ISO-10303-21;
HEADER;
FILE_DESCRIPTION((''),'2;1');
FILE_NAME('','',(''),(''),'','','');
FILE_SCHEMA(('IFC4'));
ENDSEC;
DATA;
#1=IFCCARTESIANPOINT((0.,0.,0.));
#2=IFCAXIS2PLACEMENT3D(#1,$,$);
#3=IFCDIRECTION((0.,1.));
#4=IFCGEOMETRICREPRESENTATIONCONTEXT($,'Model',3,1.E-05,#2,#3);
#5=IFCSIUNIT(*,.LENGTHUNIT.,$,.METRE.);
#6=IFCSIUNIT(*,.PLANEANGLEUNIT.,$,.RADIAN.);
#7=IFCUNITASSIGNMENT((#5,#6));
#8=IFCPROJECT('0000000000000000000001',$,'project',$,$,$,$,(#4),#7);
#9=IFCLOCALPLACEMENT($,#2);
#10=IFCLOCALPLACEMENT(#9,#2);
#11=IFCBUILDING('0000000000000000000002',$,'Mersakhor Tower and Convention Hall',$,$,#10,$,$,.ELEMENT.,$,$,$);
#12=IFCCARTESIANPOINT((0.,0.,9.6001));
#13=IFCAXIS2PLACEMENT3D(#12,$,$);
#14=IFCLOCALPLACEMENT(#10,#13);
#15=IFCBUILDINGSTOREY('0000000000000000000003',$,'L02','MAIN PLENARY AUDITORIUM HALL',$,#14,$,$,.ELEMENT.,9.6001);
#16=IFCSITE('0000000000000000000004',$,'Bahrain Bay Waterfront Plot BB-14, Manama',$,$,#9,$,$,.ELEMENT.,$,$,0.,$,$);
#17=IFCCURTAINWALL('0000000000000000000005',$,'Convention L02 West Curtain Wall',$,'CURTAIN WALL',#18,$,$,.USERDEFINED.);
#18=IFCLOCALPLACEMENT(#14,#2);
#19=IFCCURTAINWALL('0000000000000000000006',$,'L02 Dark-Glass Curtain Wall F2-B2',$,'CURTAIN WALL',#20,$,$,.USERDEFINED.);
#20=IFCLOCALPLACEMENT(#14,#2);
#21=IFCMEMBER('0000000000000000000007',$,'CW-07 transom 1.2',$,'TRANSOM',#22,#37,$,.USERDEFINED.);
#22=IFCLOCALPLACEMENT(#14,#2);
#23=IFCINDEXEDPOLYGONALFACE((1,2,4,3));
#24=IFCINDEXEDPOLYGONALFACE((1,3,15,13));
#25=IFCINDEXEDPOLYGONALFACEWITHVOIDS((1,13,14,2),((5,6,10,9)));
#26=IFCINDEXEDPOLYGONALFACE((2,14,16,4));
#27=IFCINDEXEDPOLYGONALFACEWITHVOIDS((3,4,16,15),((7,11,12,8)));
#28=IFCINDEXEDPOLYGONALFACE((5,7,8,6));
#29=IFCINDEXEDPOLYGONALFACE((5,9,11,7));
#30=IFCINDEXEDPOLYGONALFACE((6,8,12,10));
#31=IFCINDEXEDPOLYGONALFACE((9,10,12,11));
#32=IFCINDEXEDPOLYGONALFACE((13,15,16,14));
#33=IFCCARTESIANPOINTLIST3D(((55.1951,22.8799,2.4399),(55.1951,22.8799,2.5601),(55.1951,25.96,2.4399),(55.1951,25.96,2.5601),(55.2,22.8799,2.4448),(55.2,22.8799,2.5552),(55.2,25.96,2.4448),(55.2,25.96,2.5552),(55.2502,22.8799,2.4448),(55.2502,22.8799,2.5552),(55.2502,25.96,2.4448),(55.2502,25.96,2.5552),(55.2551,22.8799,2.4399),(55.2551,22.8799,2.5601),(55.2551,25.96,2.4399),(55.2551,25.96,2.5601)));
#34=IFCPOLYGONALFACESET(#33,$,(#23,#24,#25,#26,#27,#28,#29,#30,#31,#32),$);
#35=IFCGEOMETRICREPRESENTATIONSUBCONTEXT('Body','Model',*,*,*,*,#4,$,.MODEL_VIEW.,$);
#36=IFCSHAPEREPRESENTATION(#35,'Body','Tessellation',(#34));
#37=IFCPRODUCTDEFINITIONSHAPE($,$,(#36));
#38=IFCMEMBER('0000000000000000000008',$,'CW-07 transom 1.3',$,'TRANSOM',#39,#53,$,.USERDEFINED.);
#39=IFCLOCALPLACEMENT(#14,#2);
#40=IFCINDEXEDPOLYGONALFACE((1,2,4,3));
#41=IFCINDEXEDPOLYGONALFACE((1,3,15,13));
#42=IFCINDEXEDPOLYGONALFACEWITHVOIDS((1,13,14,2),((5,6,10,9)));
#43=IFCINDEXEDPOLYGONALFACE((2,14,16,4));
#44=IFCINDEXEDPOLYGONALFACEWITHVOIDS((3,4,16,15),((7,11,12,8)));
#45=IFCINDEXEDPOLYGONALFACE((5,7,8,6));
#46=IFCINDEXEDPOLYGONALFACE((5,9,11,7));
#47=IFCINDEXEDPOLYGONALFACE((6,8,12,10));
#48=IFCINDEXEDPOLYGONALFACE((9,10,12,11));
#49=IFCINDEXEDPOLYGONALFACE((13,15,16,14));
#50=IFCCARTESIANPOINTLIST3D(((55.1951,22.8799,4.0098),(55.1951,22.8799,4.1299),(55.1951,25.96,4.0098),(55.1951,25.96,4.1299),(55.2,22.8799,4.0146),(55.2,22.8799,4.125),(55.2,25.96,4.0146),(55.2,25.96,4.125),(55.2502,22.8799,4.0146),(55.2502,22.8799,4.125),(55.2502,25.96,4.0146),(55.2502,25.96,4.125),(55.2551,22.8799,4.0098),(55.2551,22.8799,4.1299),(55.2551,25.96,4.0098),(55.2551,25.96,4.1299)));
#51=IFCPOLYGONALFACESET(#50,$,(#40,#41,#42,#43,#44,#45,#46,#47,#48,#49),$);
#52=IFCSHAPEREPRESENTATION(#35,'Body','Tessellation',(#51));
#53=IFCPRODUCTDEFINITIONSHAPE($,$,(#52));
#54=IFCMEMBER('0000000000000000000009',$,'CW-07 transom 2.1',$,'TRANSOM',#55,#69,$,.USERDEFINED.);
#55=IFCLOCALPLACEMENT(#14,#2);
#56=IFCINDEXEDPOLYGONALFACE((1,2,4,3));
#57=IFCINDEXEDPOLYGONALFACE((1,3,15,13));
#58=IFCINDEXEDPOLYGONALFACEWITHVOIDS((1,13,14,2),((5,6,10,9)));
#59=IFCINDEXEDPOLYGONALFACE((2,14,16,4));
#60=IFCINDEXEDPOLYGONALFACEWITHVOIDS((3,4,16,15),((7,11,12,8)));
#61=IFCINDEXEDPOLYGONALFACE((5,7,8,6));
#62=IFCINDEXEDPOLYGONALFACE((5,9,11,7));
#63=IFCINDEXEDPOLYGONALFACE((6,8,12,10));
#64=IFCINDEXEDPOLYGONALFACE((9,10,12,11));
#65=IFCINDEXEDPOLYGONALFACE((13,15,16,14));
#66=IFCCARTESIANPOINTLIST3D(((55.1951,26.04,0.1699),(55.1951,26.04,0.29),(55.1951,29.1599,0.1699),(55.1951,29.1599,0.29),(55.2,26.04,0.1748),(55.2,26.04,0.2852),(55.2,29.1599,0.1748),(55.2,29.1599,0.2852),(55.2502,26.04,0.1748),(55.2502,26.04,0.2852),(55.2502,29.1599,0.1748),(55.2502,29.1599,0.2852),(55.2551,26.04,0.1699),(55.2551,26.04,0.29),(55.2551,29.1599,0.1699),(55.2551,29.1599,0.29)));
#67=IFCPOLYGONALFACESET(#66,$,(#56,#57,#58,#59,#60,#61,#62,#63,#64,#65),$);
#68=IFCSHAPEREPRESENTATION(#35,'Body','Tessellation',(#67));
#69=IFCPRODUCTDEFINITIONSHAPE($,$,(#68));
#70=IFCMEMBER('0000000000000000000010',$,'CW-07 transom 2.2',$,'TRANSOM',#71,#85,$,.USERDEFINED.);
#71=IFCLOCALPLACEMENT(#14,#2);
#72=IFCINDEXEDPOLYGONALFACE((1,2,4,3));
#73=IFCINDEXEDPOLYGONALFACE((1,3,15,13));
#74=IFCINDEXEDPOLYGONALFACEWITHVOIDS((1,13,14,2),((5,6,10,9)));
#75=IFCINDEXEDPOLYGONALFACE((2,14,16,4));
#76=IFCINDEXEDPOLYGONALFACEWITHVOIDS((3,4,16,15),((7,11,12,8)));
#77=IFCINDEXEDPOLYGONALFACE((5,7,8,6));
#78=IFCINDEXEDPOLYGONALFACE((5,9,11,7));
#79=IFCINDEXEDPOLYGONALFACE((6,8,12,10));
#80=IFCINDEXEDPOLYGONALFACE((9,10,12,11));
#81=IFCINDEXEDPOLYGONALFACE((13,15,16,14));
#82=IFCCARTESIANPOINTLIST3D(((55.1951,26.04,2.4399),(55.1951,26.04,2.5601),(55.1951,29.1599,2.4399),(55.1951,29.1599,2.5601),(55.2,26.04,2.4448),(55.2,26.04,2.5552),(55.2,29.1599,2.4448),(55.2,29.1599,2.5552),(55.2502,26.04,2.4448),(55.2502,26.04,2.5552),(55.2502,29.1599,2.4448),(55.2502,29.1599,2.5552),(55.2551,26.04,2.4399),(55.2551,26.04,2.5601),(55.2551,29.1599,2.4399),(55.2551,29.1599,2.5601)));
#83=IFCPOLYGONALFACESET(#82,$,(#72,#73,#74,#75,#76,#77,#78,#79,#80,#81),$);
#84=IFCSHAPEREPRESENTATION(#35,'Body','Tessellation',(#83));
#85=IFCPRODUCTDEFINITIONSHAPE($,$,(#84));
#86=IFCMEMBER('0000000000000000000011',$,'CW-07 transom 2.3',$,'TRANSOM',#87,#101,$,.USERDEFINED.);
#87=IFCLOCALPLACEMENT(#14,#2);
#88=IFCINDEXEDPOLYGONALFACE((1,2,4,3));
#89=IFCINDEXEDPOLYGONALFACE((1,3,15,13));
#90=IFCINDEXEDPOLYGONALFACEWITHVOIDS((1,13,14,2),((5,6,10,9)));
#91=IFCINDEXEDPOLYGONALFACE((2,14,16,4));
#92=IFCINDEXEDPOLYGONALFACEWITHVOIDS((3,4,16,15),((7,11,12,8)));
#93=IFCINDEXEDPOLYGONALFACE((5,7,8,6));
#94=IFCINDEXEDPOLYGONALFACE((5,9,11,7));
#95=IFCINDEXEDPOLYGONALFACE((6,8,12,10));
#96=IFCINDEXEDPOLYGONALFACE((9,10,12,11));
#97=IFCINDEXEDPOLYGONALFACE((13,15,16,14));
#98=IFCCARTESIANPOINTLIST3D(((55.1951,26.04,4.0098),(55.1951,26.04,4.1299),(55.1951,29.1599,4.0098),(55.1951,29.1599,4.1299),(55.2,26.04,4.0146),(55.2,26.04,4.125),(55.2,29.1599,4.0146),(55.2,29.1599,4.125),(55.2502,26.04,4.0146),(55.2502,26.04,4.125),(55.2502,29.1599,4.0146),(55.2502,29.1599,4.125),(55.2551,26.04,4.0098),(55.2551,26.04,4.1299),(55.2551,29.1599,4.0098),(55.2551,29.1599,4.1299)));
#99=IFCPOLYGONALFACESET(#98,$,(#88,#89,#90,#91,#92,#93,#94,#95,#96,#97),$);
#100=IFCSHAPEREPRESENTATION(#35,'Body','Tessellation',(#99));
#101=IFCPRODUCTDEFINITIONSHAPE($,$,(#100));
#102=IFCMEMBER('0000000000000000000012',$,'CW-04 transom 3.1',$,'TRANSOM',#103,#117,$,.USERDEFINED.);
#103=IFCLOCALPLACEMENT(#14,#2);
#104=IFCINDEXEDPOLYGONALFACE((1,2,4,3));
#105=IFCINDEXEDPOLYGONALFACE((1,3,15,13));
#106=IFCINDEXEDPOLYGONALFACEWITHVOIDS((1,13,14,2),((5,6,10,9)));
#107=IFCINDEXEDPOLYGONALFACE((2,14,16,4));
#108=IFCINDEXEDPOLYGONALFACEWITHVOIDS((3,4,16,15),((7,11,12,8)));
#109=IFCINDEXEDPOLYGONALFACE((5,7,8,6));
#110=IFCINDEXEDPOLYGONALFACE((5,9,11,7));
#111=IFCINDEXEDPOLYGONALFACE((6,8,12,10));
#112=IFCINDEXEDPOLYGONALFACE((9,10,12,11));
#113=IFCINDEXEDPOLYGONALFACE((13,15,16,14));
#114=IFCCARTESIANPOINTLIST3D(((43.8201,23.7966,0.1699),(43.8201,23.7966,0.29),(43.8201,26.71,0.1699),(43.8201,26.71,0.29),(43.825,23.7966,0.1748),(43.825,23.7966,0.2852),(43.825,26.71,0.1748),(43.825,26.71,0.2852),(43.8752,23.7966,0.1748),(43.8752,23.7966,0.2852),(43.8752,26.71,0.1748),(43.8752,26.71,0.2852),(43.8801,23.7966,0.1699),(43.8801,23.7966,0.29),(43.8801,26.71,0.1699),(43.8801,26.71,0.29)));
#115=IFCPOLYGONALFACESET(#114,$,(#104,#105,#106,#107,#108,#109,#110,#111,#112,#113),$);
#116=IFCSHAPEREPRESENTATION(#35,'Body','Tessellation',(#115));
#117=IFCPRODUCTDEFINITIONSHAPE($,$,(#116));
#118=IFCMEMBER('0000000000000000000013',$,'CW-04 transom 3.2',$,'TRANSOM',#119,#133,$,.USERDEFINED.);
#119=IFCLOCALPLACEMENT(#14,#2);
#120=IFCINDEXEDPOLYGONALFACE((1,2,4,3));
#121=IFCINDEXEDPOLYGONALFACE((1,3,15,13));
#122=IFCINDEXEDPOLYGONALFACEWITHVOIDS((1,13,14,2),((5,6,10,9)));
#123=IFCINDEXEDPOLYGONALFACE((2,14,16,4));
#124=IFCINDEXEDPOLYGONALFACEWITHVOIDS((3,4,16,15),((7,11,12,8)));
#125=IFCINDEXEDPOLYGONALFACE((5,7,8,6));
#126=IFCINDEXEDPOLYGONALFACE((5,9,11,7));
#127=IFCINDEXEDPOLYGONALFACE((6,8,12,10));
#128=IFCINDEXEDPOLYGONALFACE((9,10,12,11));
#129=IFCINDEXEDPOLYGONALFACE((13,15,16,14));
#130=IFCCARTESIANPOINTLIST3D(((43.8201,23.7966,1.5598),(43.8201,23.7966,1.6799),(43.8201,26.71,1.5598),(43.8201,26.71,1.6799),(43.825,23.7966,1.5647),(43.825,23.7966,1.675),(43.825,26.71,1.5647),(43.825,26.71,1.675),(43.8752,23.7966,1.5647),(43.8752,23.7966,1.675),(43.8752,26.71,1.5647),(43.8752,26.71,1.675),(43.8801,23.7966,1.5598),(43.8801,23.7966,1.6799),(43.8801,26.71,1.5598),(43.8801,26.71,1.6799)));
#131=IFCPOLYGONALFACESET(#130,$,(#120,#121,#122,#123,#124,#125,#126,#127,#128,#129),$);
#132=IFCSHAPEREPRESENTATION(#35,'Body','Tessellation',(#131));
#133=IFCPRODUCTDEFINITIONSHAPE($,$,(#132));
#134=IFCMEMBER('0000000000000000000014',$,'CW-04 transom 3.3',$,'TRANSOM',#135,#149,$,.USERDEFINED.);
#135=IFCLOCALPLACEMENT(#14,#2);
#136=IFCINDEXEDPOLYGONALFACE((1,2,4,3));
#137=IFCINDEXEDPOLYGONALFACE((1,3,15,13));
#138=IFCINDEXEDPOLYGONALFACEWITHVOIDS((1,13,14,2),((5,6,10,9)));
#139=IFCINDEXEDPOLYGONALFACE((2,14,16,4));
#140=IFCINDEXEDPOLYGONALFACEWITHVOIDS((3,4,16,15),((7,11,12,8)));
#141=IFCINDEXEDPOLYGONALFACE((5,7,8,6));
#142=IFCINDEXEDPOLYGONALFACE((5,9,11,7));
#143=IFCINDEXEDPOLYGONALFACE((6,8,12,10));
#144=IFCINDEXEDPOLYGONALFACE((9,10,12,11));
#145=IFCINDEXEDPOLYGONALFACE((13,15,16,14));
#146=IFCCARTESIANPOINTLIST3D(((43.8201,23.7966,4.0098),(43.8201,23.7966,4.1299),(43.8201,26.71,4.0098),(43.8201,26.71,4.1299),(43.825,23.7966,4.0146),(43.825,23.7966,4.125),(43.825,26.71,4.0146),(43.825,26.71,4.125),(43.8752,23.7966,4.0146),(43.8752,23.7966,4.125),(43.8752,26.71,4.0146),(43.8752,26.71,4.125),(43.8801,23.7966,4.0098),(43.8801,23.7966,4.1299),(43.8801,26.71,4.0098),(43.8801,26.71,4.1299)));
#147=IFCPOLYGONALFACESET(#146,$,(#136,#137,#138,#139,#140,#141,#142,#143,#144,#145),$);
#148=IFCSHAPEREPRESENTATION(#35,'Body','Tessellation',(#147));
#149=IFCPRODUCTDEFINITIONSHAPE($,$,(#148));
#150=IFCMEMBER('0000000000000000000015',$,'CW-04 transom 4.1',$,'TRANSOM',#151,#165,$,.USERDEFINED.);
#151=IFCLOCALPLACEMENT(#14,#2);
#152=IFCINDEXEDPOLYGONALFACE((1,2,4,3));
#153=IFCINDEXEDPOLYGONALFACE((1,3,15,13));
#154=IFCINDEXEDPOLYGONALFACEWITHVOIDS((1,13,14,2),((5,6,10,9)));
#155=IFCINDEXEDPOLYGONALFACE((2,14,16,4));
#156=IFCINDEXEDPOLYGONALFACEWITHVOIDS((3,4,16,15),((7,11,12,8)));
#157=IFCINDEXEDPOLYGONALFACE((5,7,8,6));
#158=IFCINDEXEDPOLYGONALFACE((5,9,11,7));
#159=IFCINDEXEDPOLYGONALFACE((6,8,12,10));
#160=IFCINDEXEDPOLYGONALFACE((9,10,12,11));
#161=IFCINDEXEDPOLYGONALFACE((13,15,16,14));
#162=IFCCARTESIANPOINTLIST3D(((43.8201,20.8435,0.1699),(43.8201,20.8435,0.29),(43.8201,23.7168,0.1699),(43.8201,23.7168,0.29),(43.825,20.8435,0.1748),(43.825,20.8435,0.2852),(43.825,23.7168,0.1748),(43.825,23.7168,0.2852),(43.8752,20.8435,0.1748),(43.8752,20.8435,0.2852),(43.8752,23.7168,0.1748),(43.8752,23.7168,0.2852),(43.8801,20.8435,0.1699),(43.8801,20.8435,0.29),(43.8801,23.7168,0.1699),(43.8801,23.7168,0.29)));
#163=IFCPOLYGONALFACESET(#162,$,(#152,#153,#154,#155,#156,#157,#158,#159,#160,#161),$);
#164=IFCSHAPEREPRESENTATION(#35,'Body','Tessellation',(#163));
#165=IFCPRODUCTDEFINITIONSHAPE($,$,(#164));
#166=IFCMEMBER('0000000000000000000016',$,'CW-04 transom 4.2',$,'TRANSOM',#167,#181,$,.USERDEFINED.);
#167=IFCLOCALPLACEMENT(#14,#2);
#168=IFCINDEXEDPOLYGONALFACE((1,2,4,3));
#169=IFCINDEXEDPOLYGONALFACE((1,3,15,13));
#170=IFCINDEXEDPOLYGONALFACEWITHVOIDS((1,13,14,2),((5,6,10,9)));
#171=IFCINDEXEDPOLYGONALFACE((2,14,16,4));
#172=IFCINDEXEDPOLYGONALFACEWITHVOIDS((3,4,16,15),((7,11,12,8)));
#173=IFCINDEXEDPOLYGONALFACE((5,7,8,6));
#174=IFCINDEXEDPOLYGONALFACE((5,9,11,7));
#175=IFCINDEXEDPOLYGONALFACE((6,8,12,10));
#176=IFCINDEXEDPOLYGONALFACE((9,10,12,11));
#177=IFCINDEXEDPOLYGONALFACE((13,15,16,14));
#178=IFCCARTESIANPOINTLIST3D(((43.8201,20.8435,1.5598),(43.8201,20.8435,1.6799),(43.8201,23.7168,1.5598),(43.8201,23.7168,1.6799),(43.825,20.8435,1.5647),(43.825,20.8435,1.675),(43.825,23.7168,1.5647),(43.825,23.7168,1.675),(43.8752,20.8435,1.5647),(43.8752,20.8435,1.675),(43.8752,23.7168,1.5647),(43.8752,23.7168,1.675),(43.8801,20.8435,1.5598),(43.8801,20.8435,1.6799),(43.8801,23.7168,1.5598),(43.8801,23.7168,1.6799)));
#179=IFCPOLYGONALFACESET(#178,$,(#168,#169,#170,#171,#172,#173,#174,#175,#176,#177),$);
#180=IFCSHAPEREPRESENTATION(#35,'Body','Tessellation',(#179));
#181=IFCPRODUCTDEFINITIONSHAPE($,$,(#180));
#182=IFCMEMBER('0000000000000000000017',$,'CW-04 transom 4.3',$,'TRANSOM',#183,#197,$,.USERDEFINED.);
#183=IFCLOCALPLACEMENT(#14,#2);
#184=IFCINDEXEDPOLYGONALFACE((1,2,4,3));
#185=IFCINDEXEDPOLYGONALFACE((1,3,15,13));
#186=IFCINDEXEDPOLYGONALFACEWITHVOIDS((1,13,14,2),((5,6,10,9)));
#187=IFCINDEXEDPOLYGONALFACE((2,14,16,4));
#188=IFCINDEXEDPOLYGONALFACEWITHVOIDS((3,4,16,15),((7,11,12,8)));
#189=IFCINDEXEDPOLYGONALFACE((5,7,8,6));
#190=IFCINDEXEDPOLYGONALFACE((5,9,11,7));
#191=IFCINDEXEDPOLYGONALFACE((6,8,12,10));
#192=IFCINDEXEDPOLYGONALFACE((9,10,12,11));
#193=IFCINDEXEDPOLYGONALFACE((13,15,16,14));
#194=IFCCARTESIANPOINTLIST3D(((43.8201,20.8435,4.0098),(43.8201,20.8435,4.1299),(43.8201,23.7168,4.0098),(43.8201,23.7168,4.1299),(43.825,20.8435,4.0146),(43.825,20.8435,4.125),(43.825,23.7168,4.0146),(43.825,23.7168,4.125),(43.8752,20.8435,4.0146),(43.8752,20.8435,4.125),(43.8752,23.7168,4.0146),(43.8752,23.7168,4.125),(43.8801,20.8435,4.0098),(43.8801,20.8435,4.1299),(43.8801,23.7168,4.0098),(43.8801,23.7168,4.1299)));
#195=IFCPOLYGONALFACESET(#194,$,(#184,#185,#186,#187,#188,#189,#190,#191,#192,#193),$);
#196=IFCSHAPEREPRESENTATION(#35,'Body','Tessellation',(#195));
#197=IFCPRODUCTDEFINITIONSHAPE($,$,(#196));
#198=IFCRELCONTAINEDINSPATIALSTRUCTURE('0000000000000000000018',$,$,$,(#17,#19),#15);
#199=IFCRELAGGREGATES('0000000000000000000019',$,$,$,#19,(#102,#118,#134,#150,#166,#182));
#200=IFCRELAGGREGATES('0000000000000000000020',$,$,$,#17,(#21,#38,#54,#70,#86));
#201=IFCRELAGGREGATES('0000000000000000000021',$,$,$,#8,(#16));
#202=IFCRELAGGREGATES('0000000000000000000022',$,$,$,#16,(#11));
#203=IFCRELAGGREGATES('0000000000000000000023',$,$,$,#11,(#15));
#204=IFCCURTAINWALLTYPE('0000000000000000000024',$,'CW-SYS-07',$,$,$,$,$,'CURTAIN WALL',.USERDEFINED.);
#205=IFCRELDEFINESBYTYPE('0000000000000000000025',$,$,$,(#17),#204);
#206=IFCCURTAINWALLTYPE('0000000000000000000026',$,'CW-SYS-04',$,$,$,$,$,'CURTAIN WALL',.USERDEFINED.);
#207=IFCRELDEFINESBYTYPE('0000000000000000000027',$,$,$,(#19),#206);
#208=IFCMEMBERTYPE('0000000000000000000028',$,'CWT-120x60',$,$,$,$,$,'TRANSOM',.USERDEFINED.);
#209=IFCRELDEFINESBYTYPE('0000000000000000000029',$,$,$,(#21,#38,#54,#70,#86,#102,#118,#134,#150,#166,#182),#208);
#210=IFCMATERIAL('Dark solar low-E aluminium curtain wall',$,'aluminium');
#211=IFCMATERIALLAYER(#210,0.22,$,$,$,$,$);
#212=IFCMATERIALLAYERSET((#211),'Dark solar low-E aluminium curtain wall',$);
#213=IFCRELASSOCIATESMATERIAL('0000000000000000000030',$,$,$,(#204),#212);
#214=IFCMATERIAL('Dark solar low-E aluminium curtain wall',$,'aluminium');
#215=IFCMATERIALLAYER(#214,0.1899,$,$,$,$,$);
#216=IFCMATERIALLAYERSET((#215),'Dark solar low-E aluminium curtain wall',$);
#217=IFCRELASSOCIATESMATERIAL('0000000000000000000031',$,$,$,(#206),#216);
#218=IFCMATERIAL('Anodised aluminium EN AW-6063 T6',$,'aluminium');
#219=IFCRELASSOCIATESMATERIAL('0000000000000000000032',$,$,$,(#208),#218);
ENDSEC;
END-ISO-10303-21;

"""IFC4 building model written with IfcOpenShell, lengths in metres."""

from ifc_helpers import new_model, si_unit, direction, frame, origin, origin_2d, place, context, subcontext, project, spatial, hollow_rectangle, extrude, material, layer, layer_set, material_profile, profile_set, type_object, element, aggregate, save


model = new_model("IFC4")

# Units and contexts
model_context = context("Model", 3, precision=1e-05, world=origin(), true_north=direction((0.0, 1.0)))
body_context = subcontext(model_context, "Body", "Model", "MODEL_VIEW")
ifc_project = project(units=[si_unit("LENGTHUNIT", "METRE"), si_unit("PLANEANGLEUNIT", "RADIAN")], contexts=[model_context])

# Site, building, storey
site_placement = place(None, origin())
site = spatial("IfcSite", under=ifc_project, at=site_placement, Name="Bahrain Bay Waterfront Plot BB-14, Manama", CompositionType="ELEMENT", RefElevation=0.0)
building_placement = place(site_placement, origin())
building = spatial("IfcBuilding", under=site, at=building_placement, Name="Mersakhor Tower and Convention Hall", CompositionType="ELEMENT")
storey_placement = place(building_placement, frame((0.0, 0.0, 9.6001)))
storey = spatial("IfcBuildingStorey", under=building, at=storey_placement, Name="L02", Description="MAIN PLENARY AUDITORIUM HALL", CompositionType="ELEMENT", Elevation=9.6001)

# Curtain walls
ifc_material_1 = material(Name="Dark solar low-E aluminium curtain wall", Category="aluminium")
ifc_layer_1 = layer(ifc_material_1, 0.22)
ifc_layer_set_1 = layer_set([ifc_layer_1], Name="Dark solar low-E aluminium curtain wall")
curtain_wall_type_1 = type_object("IfcCurtainWallType", Name="CW-SYS-07", ElementType="CURTAIN WALL", PredefinedType="USERDEFINED", material=ifc_layer_set_1)
curtain_wall_1_placement = place(storey_placement, origin())
curtain_wall_1 = element("IfcCurtainWall", 1, at=curtain_wall_1_placement, inside=storey, type_object=curtain_wall_type_1, Name="Convention L02 West Curtain Wall", ObjectType="CURTAIN WALL", PredefinedType="USERDEFINED")
ifc_material_2 = material(Name="Dark solar low-E aluminium curtain wall", Category="aluminium")
ifc_layer_2 = layer(ifc_material_2, 0.1899)
ifc_layer_set_2 = layer_set([ifc_layer_2], Name="Dark solar low-E aluminium curtain wall")
curtain_wall_type_2 = type_object("IfcCurtainWallType", Name="CW-SYS-04", ElementType="CURTAIN WALL", PredefinedType="USERDEFINED", material=ifc_layer_set_2)
curtain_wall_2_placement = place(storey_placement, origin())
curtain_wall_2 = element("IfcCurtainWall", 2, at=curtain_wall_2_placement, inside=storey, type_object=curtain_wall_type_2, Name="L02 Dark-Glass Curtain Wall F2-B2", ObjectType="CURTAIN WALL", PredefinedType="USERDEFINED")

# Members
ifc_material_3 = material(Name="Anodised aluminium EN AW-6063 T6", Category="aluminium")
ifc_material_profile_1 = material_profile(ifc_material_3, hollow_rectangle(XDim=0.0601, YDim=0.1201, WallThickness=0.0049, at=origin_2d()), Name="RHS 120x60x5")
ifc_profile_set_1 = profile_set([ifc_material_profile_1], Name="Anodised aluminium EN AW-6063 T6")
member_type_1 = type_object("IfcMemberType", Name="CWT-120x60", ElementType="TRANSOM", PredefinedType="USERDEFINED", material=ifc_profile_set_1)
member_1_placement = place(storey_placement, frame((55.2251, 22.8799, 2.5), z_axis=(0.0, 1.0, 0.0), x_axis=(-1.0, 0.0, 0.0)))
member_1 = element("IfcMember", 3, at=member_1_placement, type_object=member_type_1, Name="CW-07 transom 1.2", ObjectType="TRANSOM", PredefinedType="USERDEFINED", context=body_context, shape_type="SweptSolid", body=[
    extrude(hollow_rectangle(XDim=0.0601, YDim=0.1201, WallThickness=0.0049, at=origin_2d()), origin(), (0.0, 0.0, 1.0), 3.0801),
])
member_2_placement = place(storey_placement, frame((55.2251, 22.8799, 4.0698), z_axis=(0.0, 1.0, 0.0), x_axis=(-1.0, 0.0, 0.0)))
member_2 = element("IfcMember", 4, at=member_2_placement, type_object=member_type_1, Name="CW-07 transom 1.3", ObjectType="TRANSOM", PredefinedType="USERDEFINED", context=body_context, shape_type="SweptSolid", body=[
    extrude(hollow_rectangle(XDim=0.0601, YDim=0.1201, WallThickness=0.0049, at=origin_2d()), origin(), (0.0, 0.0, 1.0), 3.0801),
])
member_3_placement = place(storey_placement, frame((55.2251, 26.04, 0.23), z_axis=(0.0, 1.0, 0.0), x_axis=(-1.0, 0.0, 0.0)))
member_3 = element("IfcMember", 5, at=member_3_placement, type_object=member_type_1, Name="CW-07 transom 2.1", ObjectType="TRANSOM", PredefinedType="USERDEFINED", context=body_context, shape_type="SweptSolid", body=[
    extrude(hollow_rectangle(XDim=0.0601, YDim=0.1201, WallThickness=0.0049, at=origin_2d()), origin(), (0.0, 0.0, 1.0), 3.1199),
])
member_4_placement = place(storey_placement, frame((55.2251, 26.04, 2.5), z_axis=(0.0, 1.0, 0.0), x_axis=(-1.0, 0.0, 0.0)))
member_4 = element("IfcMember", 6, at=member_4_placement, type_object=member_type_1, Name="CW-07 transom 2.2", ObjectType="TRANSOM", PredefinedType="USERDEFINED", context=body_context, shape_type="SweptSolid", body=[
    extrude(hollow_rectangle(XDim=0.0601, YDim=0.1201, WallThickness=0.0049, at=origin_2d()), origin(), (0.0, 0.0, 1.0), 3.1199),
])
member_5_placement = place(storey_placement, frame((55.2251, 26.04, 4.0698), z_axis=(0.0, 1.0, 0.0), x_axis=(-1.0, 0.0, 0.0)))
member_5 = element("IfcMember", 7, at=member_5_placement, type_object=member_type_1, Name="CW-07 transom 2.3", ObjectType="TRANSOM", PredefinedType="USERDEFINED", context=body_context, shape_type="SweptSolid", body=[
    extrude(hollow_rectangle(XDim=0.0601, YDim=0.1201, WallThickness=0.0049, at=origin_2d()), origin(), (0.0, 0.0, 1.0), 3.1199),
])
member_6_placement = place(storey_placement, frame((43.8501, 26.71, 0.23), z_axis=(0.0, -1.0, 0.0), x_axis=(1.0, 0.0, 0.0)))
member_6 = element("IfcMember", 8, at=member_6_placement, type_object=member_type_1, Name="CW-04 transom 3.1", ObjectType="TRANSOM", PredefinedType="USERDEFINED", context=body_context, shape_type="SweptSolid", body=[
    extrude(hollow_rectangle(XDim=0.0601, YDim=0.1201, WallThickness=0.0049, at=origin_2d()), origin(), (0.0, 0.0, 1.0), 2.9133),
])
member_7_placement = place(storey_placement, frame((43.8501, 26.71, 1.6199), z_axis=(0.0, -1.0, 0.0), x_axis=(1.0, 0.0, 0.0)))
member_7 = element("IfcMember", 9, at=member_7_placement, type_object=member_type_1, Name="CW-04 transom 3.2", ObjectType="TRANSOM", PredefinedType="USERDEFINED", context=body_context, shape_type="SweptSolid", body=[
    extrude(hollow_rectangle(XDim=0.0601, YDim=0.1201, WallThickness=0.0049, at=origin_2d()), origin(), (0.0, 0.0, 1.0), 2.9133),
])
member_8_placement = place(storey_placement, frame((43.8501, 26.71, 4.0698), z_axis=(0.0, -1.0, 0.0), x_axis=(1.0, 0.0, 0.0)))
member_8 = element("IfcMember", 10, at=member_8_placement, type_object=member_type_1, Name="CW-04 transom 3.3", ObjectType="TRANSOM", PredefinedType="USERDEFINED", context=body_context, shape_type="SweptSolid", body=[
    extrude(hollow_rectangle(XDim=0.0601, YDim=0.1201, WallThickness=0.0049, at=origin_2d()), origin(), (0.0, 0.0, 1.0), 2.9133),
])
member_9_placement = place(storey_placement, frame((43.8501, 23.7168, 0.23), z_axis=(0.0, -1.0, 0.0), x_axis=(1.0, 0.0, 0.0)))
member_9 = element("IfcMember", 11, at=member_9_placement, type_object=member_type_1, Name="CW-04 transom 4.1", ObjectType="TRANSOM", PredefinedType="USERDEFINED", context=body_context, shape_type="SweptSolid", body=[
    extrude(hollow_rectangle(XDim=0.0601, YDim=0.1201, WallThickness=0.0049, at=origin_2d()), origin(), (0.0, 0.0, 1.0), 2.8733),
])
member_10_placement = place(storey_placement, frame((43.8501, 23.7168, 1.6199), z_axis=(0.0, -1.0, 0.0), x_axis=(1.0, 0.0, 0.0)))
member_10 = element("IfcMember", 12, at=member_10_placement, type_object=member_type_1, Name="CW-04 transom 4.2", ObjectType="TRANSOM", PredefinedType="USERDEFINED", context=body_context, shape_type="SweptSolid", body=[
    extrude(hollow_rectangle(XDim=0.0601, YDim=0.1201, WallThickness=0.0049, at=origin_2d()), origin(), (0.0, 0.0, 1.0), 2.8733),
])
member_11_placement = place(storey_placement, frame((43.8501, 23.7168, 4.0698), z_axis=(0.0, -1.0, 0.0), x_axis=(1.0, 0.0, 0.0)))
member_11 = element("IfcMember", 13, at=member_11_placement, type_object=member_type_1, Name="CW-04 transom 4.3", ObjectType="TRANSOM", PredefinedType="USERDEFINED", context=body_context, shape_type="SweptSolid", body=[
    extrude(hollow_rectangle(XDim=0.0601, YDim=0.1201, WallThickness=0.0049, at=origin_2d()), origin(), (0.0, 0.0, 1.0), 2.8733),
])

aggregate(curtain_wall_2, [member_6, member_7, member_8, member_9, member_10, member_11])
aggregate(curtain_wall_1, [member_1, member_2, member_3, member_4, member_5])

save(model, "model.ifc")
